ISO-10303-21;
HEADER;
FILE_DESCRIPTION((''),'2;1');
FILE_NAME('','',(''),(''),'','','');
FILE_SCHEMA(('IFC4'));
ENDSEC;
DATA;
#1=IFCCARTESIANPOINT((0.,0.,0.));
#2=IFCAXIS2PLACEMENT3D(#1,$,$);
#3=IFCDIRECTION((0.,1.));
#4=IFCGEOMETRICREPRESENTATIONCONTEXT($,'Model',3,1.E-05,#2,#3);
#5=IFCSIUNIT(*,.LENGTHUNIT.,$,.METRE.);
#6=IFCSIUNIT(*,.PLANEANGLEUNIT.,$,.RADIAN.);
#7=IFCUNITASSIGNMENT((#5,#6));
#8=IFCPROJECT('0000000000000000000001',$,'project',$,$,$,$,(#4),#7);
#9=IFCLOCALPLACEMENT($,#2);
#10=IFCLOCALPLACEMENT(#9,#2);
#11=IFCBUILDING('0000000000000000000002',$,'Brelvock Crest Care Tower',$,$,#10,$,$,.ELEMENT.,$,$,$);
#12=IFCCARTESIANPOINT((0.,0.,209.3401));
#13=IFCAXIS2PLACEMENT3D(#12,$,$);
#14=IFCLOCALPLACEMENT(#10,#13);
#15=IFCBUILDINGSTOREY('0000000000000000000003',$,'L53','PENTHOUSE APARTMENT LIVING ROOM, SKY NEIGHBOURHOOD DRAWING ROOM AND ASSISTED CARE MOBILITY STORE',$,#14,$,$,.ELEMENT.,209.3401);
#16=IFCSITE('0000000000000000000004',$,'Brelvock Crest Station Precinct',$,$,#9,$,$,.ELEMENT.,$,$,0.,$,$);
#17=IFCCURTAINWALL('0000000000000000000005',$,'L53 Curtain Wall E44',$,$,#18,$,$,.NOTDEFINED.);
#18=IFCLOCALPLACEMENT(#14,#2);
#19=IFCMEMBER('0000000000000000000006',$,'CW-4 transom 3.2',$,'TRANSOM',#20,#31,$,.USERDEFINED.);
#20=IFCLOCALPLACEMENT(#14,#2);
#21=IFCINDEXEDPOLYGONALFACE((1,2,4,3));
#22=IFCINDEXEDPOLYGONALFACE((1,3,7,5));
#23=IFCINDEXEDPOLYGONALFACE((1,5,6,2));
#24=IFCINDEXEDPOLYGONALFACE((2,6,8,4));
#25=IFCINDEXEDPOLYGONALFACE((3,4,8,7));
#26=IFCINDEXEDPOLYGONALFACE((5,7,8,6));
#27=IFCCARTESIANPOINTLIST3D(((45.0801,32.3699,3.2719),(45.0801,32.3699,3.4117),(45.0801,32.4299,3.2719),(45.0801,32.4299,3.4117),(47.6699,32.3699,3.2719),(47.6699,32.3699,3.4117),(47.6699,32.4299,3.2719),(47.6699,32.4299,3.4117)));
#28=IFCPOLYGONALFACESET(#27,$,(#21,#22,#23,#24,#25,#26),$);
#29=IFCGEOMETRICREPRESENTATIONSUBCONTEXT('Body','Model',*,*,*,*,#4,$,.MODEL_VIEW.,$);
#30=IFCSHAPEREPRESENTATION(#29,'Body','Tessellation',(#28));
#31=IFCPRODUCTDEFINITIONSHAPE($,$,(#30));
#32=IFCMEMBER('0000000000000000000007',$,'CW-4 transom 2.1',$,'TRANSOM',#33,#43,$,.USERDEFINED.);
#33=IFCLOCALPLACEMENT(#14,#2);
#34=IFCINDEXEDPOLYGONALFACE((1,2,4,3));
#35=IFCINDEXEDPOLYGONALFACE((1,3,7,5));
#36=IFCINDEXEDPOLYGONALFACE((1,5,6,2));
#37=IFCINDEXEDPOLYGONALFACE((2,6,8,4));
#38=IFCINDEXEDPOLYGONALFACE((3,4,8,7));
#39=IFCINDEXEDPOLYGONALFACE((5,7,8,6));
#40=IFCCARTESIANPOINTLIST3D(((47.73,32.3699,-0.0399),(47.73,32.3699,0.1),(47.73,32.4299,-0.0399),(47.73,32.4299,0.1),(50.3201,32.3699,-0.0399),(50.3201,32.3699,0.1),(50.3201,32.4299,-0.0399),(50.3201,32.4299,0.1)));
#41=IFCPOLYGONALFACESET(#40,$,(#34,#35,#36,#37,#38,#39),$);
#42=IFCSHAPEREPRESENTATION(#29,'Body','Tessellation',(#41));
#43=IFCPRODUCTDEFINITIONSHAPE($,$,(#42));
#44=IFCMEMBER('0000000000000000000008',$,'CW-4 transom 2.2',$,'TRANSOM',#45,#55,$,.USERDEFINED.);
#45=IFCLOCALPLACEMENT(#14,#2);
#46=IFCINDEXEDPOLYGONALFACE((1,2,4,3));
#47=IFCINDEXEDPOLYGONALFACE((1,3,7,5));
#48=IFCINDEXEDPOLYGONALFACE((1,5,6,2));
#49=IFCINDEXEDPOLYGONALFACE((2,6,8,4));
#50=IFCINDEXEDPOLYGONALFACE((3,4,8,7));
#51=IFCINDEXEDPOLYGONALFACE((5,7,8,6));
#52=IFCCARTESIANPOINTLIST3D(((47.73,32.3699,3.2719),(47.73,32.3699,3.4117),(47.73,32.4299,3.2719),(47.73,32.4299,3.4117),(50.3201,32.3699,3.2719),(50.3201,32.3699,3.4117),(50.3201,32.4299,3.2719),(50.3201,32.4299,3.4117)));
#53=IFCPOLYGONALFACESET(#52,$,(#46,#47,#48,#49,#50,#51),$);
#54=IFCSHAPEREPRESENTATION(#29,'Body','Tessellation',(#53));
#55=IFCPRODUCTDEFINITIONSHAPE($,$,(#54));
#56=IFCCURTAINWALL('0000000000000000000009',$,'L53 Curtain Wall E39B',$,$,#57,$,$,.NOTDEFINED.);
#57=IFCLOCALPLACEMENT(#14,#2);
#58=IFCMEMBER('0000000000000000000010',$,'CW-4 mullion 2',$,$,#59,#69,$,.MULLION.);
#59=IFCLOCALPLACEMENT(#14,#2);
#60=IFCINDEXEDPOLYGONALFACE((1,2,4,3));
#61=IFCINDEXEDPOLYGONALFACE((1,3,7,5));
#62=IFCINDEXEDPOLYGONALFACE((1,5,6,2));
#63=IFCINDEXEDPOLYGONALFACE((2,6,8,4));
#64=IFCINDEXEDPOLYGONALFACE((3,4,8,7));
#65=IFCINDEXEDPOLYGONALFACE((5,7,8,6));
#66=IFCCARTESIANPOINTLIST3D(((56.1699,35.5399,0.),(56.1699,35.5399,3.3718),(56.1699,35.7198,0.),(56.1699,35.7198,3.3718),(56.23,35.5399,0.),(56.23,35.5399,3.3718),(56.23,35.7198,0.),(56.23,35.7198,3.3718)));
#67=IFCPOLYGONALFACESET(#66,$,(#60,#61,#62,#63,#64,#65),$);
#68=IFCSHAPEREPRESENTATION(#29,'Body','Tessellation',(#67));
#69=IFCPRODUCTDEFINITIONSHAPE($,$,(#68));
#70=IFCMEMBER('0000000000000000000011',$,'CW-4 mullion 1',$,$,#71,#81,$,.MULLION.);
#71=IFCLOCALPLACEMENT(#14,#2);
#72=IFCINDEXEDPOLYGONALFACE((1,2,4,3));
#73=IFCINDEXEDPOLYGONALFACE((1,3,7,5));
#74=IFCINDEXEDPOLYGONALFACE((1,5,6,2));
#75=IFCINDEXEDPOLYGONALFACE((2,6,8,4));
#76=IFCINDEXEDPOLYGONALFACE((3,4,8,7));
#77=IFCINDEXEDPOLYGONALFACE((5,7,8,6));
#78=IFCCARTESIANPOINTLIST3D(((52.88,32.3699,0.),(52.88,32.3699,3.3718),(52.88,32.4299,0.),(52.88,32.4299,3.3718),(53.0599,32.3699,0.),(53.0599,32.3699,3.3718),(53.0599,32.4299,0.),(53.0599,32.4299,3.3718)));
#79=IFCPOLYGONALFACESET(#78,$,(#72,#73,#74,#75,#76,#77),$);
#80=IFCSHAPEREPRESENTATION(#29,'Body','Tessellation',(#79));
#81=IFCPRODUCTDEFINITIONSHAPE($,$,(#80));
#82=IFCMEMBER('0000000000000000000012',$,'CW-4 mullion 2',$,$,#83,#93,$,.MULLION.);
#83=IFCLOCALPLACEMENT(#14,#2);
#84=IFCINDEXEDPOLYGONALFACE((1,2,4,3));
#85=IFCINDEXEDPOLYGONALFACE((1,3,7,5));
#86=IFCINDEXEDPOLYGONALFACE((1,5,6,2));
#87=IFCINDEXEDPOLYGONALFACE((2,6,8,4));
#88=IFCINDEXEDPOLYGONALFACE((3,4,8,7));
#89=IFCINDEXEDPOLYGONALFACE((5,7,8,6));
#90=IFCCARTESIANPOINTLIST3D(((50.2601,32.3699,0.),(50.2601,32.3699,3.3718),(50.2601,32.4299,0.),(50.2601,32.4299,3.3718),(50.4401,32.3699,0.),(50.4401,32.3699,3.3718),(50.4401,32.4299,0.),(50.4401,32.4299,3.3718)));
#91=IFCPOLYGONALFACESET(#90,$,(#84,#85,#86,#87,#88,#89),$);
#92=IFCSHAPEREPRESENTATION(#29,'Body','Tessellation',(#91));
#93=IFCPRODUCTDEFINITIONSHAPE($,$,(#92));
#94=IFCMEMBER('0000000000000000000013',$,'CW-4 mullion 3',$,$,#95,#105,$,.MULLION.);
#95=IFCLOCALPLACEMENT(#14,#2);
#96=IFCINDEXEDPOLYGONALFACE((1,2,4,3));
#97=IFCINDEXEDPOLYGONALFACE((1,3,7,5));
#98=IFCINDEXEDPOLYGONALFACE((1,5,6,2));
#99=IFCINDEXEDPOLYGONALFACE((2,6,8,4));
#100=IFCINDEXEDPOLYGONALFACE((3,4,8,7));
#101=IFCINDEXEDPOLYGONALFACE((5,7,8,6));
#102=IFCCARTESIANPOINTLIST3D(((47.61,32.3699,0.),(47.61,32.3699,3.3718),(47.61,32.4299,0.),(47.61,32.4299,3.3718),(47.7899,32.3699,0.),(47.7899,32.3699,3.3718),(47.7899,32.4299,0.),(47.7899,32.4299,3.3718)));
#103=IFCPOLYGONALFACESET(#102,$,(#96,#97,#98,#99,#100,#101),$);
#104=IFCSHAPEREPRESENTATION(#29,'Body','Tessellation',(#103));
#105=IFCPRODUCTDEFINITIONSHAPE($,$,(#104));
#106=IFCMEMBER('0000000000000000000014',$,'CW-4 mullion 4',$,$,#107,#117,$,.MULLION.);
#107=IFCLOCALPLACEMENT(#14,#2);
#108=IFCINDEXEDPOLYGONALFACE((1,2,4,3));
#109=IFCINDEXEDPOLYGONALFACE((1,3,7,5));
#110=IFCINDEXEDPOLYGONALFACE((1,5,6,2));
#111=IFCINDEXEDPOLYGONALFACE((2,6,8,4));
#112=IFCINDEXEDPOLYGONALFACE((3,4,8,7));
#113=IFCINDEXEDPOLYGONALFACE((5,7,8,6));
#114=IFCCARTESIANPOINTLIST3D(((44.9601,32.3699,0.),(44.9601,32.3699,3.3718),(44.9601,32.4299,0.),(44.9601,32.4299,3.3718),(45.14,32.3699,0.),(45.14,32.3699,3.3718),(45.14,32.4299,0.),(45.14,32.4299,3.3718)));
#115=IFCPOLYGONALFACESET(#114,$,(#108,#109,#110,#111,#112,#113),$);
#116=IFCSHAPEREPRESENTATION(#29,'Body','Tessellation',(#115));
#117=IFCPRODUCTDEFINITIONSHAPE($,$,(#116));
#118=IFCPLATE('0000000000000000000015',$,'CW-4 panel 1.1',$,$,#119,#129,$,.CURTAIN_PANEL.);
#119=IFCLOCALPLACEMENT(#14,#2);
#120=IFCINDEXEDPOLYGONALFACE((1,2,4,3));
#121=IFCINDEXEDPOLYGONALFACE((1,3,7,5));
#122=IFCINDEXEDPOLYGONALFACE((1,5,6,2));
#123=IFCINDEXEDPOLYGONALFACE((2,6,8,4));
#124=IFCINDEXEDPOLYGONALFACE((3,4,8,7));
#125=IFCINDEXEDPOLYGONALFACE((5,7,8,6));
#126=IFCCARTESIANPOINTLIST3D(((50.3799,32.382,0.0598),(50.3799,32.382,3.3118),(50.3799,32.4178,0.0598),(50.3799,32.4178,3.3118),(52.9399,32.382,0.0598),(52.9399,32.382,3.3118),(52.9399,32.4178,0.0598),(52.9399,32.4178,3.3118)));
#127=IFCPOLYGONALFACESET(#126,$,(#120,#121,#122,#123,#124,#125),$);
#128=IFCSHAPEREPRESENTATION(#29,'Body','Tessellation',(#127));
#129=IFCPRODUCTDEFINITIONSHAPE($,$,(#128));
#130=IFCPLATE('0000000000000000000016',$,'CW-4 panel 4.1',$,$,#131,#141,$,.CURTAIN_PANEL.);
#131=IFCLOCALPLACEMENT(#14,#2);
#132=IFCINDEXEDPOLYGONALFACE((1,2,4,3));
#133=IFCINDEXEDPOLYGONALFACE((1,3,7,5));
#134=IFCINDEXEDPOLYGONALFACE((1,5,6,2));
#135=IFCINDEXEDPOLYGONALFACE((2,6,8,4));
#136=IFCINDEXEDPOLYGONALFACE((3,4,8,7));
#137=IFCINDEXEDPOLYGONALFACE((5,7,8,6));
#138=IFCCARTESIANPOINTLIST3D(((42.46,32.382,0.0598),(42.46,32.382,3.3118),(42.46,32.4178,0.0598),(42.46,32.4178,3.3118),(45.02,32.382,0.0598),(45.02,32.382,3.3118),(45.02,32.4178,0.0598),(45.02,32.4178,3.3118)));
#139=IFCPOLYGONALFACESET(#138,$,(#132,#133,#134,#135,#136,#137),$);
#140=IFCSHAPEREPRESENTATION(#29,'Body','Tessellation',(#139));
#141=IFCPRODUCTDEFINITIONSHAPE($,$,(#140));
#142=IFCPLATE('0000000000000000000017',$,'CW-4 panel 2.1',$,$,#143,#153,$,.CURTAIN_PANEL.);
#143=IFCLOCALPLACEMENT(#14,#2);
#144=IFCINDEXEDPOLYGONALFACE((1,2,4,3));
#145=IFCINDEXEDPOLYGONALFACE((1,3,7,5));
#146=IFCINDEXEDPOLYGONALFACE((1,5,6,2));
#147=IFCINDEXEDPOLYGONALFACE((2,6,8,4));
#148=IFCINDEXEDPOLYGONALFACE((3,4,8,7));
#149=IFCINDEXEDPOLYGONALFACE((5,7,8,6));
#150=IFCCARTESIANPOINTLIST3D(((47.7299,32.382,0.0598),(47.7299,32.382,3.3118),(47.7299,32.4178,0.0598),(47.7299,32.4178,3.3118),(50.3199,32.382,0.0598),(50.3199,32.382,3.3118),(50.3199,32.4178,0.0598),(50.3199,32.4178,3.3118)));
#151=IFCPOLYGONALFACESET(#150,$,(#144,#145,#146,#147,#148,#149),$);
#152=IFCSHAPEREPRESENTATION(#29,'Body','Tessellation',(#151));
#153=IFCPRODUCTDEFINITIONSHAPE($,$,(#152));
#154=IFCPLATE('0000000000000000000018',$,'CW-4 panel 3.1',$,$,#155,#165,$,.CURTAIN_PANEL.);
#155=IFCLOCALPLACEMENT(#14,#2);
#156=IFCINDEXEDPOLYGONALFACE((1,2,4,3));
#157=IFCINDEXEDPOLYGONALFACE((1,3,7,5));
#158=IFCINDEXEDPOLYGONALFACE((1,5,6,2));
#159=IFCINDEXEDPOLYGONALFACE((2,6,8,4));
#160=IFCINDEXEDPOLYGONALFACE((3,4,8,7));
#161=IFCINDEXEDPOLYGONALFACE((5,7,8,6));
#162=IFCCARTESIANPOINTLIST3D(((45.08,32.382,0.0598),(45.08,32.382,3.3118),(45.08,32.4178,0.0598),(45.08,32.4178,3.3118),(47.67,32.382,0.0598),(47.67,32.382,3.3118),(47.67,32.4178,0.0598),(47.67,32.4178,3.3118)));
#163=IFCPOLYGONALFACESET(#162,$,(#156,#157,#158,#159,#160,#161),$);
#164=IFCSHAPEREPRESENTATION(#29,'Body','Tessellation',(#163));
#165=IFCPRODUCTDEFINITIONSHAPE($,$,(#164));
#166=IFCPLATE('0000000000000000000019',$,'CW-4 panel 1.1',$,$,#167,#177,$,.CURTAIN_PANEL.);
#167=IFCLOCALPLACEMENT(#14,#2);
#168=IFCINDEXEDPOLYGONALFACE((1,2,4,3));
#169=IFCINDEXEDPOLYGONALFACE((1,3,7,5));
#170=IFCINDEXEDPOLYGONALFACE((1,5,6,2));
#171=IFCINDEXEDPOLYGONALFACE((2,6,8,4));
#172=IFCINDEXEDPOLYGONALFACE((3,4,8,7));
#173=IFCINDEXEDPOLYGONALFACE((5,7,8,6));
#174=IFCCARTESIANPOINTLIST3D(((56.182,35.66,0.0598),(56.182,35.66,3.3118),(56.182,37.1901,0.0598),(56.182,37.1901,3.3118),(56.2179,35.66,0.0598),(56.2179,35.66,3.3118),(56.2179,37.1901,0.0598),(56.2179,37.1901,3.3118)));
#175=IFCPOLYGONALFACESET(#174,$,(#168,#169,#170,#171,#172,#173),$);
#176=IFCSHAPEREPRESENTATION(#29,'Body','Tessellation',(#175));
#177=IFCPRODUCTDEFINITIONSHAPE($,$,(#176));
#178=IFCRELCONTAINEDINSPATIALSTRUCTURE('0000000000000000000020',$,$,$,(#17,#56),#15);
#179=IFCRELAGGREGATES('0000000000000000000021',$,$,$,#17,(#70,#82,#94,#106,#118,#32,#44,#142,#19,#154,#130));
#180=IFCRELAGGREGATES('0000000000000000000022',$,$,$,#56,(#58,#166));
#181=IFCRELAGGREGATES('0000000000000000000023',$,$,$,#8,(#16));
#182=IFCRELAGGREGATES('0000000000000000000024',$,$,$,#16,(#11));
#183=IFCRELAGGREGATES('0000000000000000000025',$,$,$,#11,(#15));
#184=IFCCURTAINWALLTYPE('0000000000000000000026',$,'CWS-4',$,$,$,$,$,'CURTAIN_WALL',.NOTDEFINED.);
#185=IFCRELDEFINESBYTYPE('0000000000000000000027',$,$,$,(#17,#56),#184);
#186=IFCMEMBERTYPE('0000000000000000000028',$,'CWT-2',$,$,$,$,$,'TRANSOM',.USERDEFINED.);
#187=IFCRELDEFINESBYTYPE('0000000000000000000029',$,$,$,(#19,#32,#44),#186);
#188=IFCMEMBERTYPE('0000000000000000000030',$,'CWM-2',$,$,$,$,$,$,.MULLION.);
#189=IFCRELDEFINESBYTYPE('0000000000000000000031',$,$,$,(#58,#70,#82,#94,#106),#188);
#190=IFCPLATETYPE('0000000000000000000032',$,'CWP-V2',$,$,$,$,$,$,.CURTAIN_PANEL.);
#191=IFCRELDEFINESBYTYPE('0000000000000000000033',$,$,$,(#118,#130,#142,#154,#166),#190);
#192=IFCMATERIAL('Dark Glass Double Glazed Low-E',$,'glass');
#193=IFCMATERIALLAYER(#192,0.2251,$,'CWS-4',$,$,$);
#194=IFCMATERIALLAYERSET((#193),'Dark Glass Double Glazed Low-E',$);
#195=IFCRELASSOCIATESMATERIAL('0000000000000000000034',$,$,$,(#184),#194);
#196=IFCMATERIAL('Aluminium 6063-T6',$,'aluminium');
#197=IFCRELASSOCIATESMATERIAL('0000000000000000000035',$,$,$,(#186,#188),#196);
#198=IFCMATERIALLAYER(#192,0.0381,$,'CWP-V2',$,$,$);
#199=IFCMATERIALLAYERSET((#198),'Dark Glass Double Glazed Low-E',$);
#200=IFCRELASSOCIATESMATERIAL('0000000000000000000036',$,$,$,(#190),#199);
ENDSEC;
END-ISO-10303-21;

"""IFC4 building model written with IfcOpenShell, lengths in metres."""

from ifc_helpers import new_model, si_unit, direction, frame, origin, origin_2d, place, context, subcontext, project, spatial, rectangle, extrude, source, transform, mapped, material, layer, layer_set, material_profile, profile_set, type_object, element, aggregate, save


model = new_model("IFC4")

# Units and contexts
model_context = context("Model", 3, precision=1e-05, world=origin(), true_north=direction((0.0, 1.0)))
body_context = subcontext(model_context, "Body", "Model", "MODEL_VIEW")
ifc_project = project(units=[si_unit("LENGTHUNIT", "METRE"), si_unit("PLANEANGLEUNIT", "RADIAN")], contexts=[model_context])

# Site, building, storey
site_placement = place(None, origin())
site = spatial("IfcSite", under=ifc_project, at=site_placement, Name="Brelvock Crest Station Precinct", CompositionType="ELEMENT", RefElevation=0.0)
building_placement = place(site_placement, origin())
building = spatial("IfcBuilding", under=site, at=building_placement, Name="Brelvock Crest Care Tower", CompositionType="ELEMENT")
storey_placement = place(building_placement, frame((0.0, 0.0, 209.3401)))
storey = spatial("IfcBuildingStorey", under=building, at=storey_placement, Name="L53", Description="PENTHOUSE APARTMENT LIVING ROOM, SKY NEIGHBOURHOOD DRAWING ROOM AND ASSISTED CARE MOBILITY STORE", CompositionType="ELEMENT", Elevation=209.3401)

# Curtain wall, members
ifc_material_1 = material(Name="Dark Glass Double Glazed Low-E", Category="glass")
ifc_layer_1 = layer(ifc_material_1, 0.2251, Name="CWS-4")
ifc_layer_set_1 = layer_set([ifc_layer_1], Name="Dark Glass Double Glazed Low-E")
curtain_wall_type = type_object("IfcCurtainWallType", Name="CWS-4", ElementType="CURTAIN_WALL", PredefinedType="NOTDEFINED", material=ifc_layer_set_1)
curtain_wall_1_placement = place(storey_placement, origin())
curtain_wall_1 = element("IfcCurtainWall", 1, at=curtain_wall_1_placement, inside=storey, type_object=curtain_wall_type, Name="L53 Curtain Wall E44", PredefinedType="NOTDEFINED")
ifc_material_2 = material(Name="Aluminium 6063-T6", Category="aluminium")
ifc_material_profile_1 = material_profile(ifc_material_2, rectangle(XDim=0.0601, YDim=0.1399, at=origin_2d()), Name="ALU60x140")
ifc_profile_set_1 = profile_set([ifc_material_profile_1], Name="Aluminium 6063-T6")
member_type_1 = type_object("IfcMemberType", Name="CWT-2", ElementType="TRANSOM", PredefinedType="USERDEFINED", material=ifc_profile_set_1)
shared_shape_1 = source(origin(), body_context, "Body", "SweptSolid", [
    extrude(rectangle(XDim=0.0601, YDim=0.1399, at=origin_2d()), origin(), (0.0, 0.0, 1.0), 2.5898),
])
member_1_placement = place(storey_placement, frame((47.6699, 32.3999, 3.3418), z_axis=(-1.0, 0.0, 0.0), x_axis=(0.0, -1.0, 0.0)))
member_1 = element("IfcMember", 2, at=member_1_placement, type_object=member_type_1, Name="CW-4 transom 3.2", ObjectType="TRANSOM", PredefinedType="USERDEFINED", context=body_context, shape_type="MappedRepresentation", body=[
    mapped(shared_shape_1, transform((0.0, 0.0, 0.0), x_axis=(1.0, 0.0, 0.0), y_axis=(0.0, 1.0, 0.0), z_axis=(0.0, 0.0, 1.0), scale=1.0)),
])
shared_shape_2 = source(origin(), body_context, "Body", "SweptSolid", [
    extrude(rectangle(XDim=0.0601, YDim=0.1399, at=origin_2d()), origin(), (0.0, 0.0, 1.0), 2.5901),
])
member_2_placement = place(storey_placement, frame((50.3201, 32.3999, 0.03), z_axis=(-1.0, 0.0, 0.0), x_axis=(0.0, -1.0, 0.0)))
member_2 = element("IfcMember", 3, at=member_2_placement, type_object=member_type_1, Name="CW-4 transom 2.1", ObjectType="TRANSOM", PredefinedType="USERDEFINED", context=body_context, shape_type="MappedRepresentation", body=[
    mapped(shared_shape_2, transform((0.0, 0.0, 0.0), x_axis=(1.0, 0.0, 0.0), y_axis=(0.0, 1.0, 0.0), z_axis=(0.0, 0.0, 1.0), scale=1.0)),
])
member_3_placement = place(storey_placement, frame((50.3201, 32.3999, 3.3418), z_axis=(-1.0, 0.0, 0.0), x_axis=(0.0, -1.0, 0.0)))
member_3 = element("IfcMember", 4, at=member_3_placement, type_object=member_type_1, Name="CW-4 transom 2.2", ObjectType="TRANSOM", PredefinedType="USERDEFINED", context=body_context, shape_type="MappedRepresentation", body=[
    mapped(shared_shape_2, transform((0.0, 0.0, 0.0), x_axis=(1.0, 0.0, 0.0), y_axis=(0.0, 1.0, 0.0), z_axis=(0.0, 0.0, 1.0), scale=1.0)),
])

# Curtain wall, member
curtain_wall_2_placement = place(storey_placement, origin())
curtain_wall_2 = element("IfcCurtainWall", 5, at=curtain_wall_2_placement, inside=storey, type_object=curtain_wall_type, Name="L53 Curtain Wall E39B", PredefinedType="NOTDEFINED")
ifc_material_profile_2 = material_profile(ifc_material_2, rectangle(XDim=0.0601, YDim=0.1799, at=origin_2d()), Name="ALU60x180")
ifc_profile_set_2 = profile_set([ifc_material_profile_2], Name="Aluminium 6063-T6")
member_type_2 = type_object("IfcMemberType", Name="CWM-2", PredefinedType="MULLION", material=ifc_profile_set_2)
shared_shape_3 = source(origin(), body_context, "Body", "SweptSolid", [
    extrude(rectangle(XDim=0.0601, YDim=0.1799, at=origin_2d()), origin(), (0.0, 0.0, 1.0), 3.3718),
])
member_4_placement = place(storey_placement, frame((56.2, 35.6299, 0.0), z_axis=(0.0, 0.0, 1.0), x_axis=(1.0, 0.0, 0.0)))
member_4 = element("IfcMember", 6, at=member_4_placement, type_object=member_type_2, Name="CW-4 mullion 2", PredefinedType="MULLION", context=body_context, shape_type="MappedRepresentation", body=[
    mapped(shared_shape_3, transform((0.0, 0.0, 0.0), x_axis=(1.0, 0.0, 0.0), y_axis=(0.0, 1.0, 0.0), z_axis=(0.0, 0.0, 1.0), scale=1.0)),
])

# Members
member_5_placement = place(storey_placement, frame((52.97, 32.3999, 0.0), z_axis=(0.0, 0.0, 1.0), x_axis=(0.0, -1.0, 0.0)))
member_5 = element("IfcMember", 7, at=member_5_placement, type_object=member_type_2, Name="CW-4 mullion 1", PredefinedType="MULLION", context=body_context, shape_type="MappedRepresentation", body=[
    mapped(shared_shape_3, transform((0.0, 0.0, 0.0), x_axis=(1.0, 0.0, 0.0), y_axis=(0.0, 1.0, 0.0), z_axis=(0.0, 0.0, 1.0), scale=1.0)),
])
member_6_placement = place(storey_placement, frame((50.3501, 32.3999, 0.0), z_axis=(0.0, 0.0, 1.0), x_axis=(0.0, -1.0, 0.0)))
member_6 = element("IfcMember", 8, at=member_6_placement, type_object=member_type_2, Name="CW-4 mullion 2", PredefinedType="MULLION", context=body_context, shape_type="MappedRepresentation", body=[
    mapped(shared_shape_3, transform((0.0, 0.0, 0.0), x_axis=(1.0, 0.0, 0.0), y_axis=(0.0, 1.0, 0.0), z_axis=(0.0, 0.0, 1.0), scale=1.0)),
])
member_7_placement = place(storey_placement, frame((47.7, 32.3999, 0.0), z_axis=(0.0, 0.0, 1.0), x_axis=(0.0, -1.0, 0.0)))
member_7 = element("IfcMember", 9, at=member_7_placement, type_object=member_type_2, Name="CW-4 mullion 3", PredefinedType="MULLION", context=body_context, shape_type="MappedRepresentation", body=[
    mapped(shared_shape_3, transform((0.0, 0.0, 0.0), x_axis=(1.0, 0.0, 0.0), y_axis=(0.0, 1.0, 0.0), z_axis=(0.0, 0.0, 1.0), scale=1.0)),
])
member_8_placement = place(storey_placement, frame((45.05, 32.3999, 0.0), z_axis=(0.0, 0.0, 1.0), x_axis=(0.0, -1.0, 0.0)))
member_8 = element("IfcMember", 10, at=member_8_placement, type_object=member_type_2, Name="CW-4 mullion 4", PredefinedType="MULLION", context=body_context, shape_type="MappedRepresentation", body=[
    mapped(shared_shape_3, transform((0.0, 0.0, 0.0), x_axis=(1.0, 0.0, 0.0), y_axis=(0.0, 1.0, 0.0), z_axis=(0.0, 0.0, 1.0), scale=1.0)),
])

# Plates
ifc_layer_2 = layer(ifc_material_1, 0.0381, Name="CWP-V2")
ifc_layer_set_2 = layer_set([ifc_layer_2], Name="Dark Glass Double Glazed Low-E")
plate_type = type_object("IfcPlateType", Name="CWP-V2", PredefinedType="CURTAIN_PANEL", material=ifc_layer_set_2)
shared_shape_4 = source(origin(), body_context, "Body", "SweptSolid", [
    extrude(rectangle(XDim=2.5601, YDim=0.0359, at=origin_2d()), origin(), (0.0, 0.0, 1.0), 3.252),
])
plate_1_placement = place(storey_placement, frame((51.6599, 32.3999, 0.0598), z_axis=(0.0, 0.0, 1.0), x_axis=(-1.0, 0.0, 0.0)))
plate_1 = element("IfcPlate", 11, at=plate_1_placement, type_object=plate_type, Name="CW-4 panel 1.1", PredefinedType="CURTAIN_PANEL", context=body_context, shape_type="MappedRepresentation", body=[
    mapped(shared_shape_4, transform((0.0, 0.0, 0.0), x_axis=(1.0, 0.0, 0.0), y_axis=(0.0, 1.0, 0.0), z_axis=(0.0, 0.0, 1.0), scale=1.0)),
])
plate_2_placement = place(storey_placement, frame((43.74, 32.3999, 0.0598), z_axis=(0.0, 0.0, 1.0), x_axis=(-1.0, 0.0, 0.0)))
plate_2 = element("IfcPlate", 12, at=plate_2_placement, type_object=plate_type, Name="CW-4 panel 4.1", PredefinedType="CURTAIN_PANEL", context=body_context, shape_type="MappedRepresentation", body=[
    mapped(shared_shape_4, transform((0.0, 0.0, 0.0), x_axis=(1.0, 0.0, 0.0), y_axis=(0.0, 1.0, 0.0), z_axis=(0.0, 0.0, 1.0), scale=1.0)),
])
shared_shape_5 = source(origin(), body_context, "Body", "SweptSolid", [
    extrude(rectangle(XDim=2.5901, YDim=0.0359, at=origin_2d()), origin(), (0.0, 0.0, 1.0), 3.252),
])
plate_3_placement = place(storey_placement, frame((49.0249, 32.3999, 0.0598), z_axis=(0.0, 0.0, 1.0), x_axis=(-1.0, 0.0, 0.0)))
plate_3 = element("IfcPlate", 13, at=plate_3_placement, type_object=plate_type, Name="CW-4 panel 2.1", PredefinedType="CURTAIN_PANEL", context=body_context, shape_type="MappedRepresentation", body=[
    mapped(shared_shape_5, transform((0.0, 0.0, 0.0), x_axis=(1.0, 0.0, 0.0), y_axis=(0.0, 1.0, 0.0), z_axis=(0.0, 0.0, 1.0), scale=1.0)),
])
plate_4_placement = place(storey_placement, frame((46.375, 32.3999, 0.0598), z_axis=(0.0, 0.0, 1.0), x_axis=(-1.0, 0.0, 0.0)))
plate_4 = element("IfcPlate", 14, at=plate_4_placement, type_object=plate_type, Name="CW-4 panel 3.1", PredefinedType="CURTAIN_PANEL", context=body_context, shape_type="MappedRepresentation", body=[
    mapped(shared_shape_5, transform((0.0, 0.0, 0.0), x_axis=(1.0, 0.0, 0.0), y_axis=(0.0, 1.0, 0.0), z_axis=(0.0, 0.0, 1.0), scale=1.0)),
])
aggregate(curtain_wall_1, [member_5, member_6, member_7, member_8, plate_1, member_2, member_3, plate_3, member_1, plate_4, plate_2])
shared_shape_6 = source(origin(), body_context, "Body", "SweptSolid", [
    extrude(rectangle(XDim=1.53, YDim=0.0359, at=origin_2d()), origin(), (0.0, 0.0, 1.0), 3.252),
])
plate_5_placement = place(storey_placement, frame((56.2, 36.425, 0.0598), z_axis=(0.0, 0.0, 1.0), x_axis=(0.0, -1.0, 0.0)))
plate_5 = element("IfcPlate", 15, at=plate_5_placement, type_object=plate_type, Name="CW-4 panel 1.1", PredefinedType="CURTAIN_PANEL", context=body_context, shape_type="MappedRepresentation", body=[
    mapped(shared_shape_6, transform((0.0, 0.0, 0.0), x_axis=(1.0, 0.0, 0.0), y_axis=(0.0, 1.0, 0.0), z_axis=(0.0, 0.0, 1.0), scale=1.0)),
])
aggregate(curtain_wall_2, [member_4, plate_5])

save(model, "model.ifc")
